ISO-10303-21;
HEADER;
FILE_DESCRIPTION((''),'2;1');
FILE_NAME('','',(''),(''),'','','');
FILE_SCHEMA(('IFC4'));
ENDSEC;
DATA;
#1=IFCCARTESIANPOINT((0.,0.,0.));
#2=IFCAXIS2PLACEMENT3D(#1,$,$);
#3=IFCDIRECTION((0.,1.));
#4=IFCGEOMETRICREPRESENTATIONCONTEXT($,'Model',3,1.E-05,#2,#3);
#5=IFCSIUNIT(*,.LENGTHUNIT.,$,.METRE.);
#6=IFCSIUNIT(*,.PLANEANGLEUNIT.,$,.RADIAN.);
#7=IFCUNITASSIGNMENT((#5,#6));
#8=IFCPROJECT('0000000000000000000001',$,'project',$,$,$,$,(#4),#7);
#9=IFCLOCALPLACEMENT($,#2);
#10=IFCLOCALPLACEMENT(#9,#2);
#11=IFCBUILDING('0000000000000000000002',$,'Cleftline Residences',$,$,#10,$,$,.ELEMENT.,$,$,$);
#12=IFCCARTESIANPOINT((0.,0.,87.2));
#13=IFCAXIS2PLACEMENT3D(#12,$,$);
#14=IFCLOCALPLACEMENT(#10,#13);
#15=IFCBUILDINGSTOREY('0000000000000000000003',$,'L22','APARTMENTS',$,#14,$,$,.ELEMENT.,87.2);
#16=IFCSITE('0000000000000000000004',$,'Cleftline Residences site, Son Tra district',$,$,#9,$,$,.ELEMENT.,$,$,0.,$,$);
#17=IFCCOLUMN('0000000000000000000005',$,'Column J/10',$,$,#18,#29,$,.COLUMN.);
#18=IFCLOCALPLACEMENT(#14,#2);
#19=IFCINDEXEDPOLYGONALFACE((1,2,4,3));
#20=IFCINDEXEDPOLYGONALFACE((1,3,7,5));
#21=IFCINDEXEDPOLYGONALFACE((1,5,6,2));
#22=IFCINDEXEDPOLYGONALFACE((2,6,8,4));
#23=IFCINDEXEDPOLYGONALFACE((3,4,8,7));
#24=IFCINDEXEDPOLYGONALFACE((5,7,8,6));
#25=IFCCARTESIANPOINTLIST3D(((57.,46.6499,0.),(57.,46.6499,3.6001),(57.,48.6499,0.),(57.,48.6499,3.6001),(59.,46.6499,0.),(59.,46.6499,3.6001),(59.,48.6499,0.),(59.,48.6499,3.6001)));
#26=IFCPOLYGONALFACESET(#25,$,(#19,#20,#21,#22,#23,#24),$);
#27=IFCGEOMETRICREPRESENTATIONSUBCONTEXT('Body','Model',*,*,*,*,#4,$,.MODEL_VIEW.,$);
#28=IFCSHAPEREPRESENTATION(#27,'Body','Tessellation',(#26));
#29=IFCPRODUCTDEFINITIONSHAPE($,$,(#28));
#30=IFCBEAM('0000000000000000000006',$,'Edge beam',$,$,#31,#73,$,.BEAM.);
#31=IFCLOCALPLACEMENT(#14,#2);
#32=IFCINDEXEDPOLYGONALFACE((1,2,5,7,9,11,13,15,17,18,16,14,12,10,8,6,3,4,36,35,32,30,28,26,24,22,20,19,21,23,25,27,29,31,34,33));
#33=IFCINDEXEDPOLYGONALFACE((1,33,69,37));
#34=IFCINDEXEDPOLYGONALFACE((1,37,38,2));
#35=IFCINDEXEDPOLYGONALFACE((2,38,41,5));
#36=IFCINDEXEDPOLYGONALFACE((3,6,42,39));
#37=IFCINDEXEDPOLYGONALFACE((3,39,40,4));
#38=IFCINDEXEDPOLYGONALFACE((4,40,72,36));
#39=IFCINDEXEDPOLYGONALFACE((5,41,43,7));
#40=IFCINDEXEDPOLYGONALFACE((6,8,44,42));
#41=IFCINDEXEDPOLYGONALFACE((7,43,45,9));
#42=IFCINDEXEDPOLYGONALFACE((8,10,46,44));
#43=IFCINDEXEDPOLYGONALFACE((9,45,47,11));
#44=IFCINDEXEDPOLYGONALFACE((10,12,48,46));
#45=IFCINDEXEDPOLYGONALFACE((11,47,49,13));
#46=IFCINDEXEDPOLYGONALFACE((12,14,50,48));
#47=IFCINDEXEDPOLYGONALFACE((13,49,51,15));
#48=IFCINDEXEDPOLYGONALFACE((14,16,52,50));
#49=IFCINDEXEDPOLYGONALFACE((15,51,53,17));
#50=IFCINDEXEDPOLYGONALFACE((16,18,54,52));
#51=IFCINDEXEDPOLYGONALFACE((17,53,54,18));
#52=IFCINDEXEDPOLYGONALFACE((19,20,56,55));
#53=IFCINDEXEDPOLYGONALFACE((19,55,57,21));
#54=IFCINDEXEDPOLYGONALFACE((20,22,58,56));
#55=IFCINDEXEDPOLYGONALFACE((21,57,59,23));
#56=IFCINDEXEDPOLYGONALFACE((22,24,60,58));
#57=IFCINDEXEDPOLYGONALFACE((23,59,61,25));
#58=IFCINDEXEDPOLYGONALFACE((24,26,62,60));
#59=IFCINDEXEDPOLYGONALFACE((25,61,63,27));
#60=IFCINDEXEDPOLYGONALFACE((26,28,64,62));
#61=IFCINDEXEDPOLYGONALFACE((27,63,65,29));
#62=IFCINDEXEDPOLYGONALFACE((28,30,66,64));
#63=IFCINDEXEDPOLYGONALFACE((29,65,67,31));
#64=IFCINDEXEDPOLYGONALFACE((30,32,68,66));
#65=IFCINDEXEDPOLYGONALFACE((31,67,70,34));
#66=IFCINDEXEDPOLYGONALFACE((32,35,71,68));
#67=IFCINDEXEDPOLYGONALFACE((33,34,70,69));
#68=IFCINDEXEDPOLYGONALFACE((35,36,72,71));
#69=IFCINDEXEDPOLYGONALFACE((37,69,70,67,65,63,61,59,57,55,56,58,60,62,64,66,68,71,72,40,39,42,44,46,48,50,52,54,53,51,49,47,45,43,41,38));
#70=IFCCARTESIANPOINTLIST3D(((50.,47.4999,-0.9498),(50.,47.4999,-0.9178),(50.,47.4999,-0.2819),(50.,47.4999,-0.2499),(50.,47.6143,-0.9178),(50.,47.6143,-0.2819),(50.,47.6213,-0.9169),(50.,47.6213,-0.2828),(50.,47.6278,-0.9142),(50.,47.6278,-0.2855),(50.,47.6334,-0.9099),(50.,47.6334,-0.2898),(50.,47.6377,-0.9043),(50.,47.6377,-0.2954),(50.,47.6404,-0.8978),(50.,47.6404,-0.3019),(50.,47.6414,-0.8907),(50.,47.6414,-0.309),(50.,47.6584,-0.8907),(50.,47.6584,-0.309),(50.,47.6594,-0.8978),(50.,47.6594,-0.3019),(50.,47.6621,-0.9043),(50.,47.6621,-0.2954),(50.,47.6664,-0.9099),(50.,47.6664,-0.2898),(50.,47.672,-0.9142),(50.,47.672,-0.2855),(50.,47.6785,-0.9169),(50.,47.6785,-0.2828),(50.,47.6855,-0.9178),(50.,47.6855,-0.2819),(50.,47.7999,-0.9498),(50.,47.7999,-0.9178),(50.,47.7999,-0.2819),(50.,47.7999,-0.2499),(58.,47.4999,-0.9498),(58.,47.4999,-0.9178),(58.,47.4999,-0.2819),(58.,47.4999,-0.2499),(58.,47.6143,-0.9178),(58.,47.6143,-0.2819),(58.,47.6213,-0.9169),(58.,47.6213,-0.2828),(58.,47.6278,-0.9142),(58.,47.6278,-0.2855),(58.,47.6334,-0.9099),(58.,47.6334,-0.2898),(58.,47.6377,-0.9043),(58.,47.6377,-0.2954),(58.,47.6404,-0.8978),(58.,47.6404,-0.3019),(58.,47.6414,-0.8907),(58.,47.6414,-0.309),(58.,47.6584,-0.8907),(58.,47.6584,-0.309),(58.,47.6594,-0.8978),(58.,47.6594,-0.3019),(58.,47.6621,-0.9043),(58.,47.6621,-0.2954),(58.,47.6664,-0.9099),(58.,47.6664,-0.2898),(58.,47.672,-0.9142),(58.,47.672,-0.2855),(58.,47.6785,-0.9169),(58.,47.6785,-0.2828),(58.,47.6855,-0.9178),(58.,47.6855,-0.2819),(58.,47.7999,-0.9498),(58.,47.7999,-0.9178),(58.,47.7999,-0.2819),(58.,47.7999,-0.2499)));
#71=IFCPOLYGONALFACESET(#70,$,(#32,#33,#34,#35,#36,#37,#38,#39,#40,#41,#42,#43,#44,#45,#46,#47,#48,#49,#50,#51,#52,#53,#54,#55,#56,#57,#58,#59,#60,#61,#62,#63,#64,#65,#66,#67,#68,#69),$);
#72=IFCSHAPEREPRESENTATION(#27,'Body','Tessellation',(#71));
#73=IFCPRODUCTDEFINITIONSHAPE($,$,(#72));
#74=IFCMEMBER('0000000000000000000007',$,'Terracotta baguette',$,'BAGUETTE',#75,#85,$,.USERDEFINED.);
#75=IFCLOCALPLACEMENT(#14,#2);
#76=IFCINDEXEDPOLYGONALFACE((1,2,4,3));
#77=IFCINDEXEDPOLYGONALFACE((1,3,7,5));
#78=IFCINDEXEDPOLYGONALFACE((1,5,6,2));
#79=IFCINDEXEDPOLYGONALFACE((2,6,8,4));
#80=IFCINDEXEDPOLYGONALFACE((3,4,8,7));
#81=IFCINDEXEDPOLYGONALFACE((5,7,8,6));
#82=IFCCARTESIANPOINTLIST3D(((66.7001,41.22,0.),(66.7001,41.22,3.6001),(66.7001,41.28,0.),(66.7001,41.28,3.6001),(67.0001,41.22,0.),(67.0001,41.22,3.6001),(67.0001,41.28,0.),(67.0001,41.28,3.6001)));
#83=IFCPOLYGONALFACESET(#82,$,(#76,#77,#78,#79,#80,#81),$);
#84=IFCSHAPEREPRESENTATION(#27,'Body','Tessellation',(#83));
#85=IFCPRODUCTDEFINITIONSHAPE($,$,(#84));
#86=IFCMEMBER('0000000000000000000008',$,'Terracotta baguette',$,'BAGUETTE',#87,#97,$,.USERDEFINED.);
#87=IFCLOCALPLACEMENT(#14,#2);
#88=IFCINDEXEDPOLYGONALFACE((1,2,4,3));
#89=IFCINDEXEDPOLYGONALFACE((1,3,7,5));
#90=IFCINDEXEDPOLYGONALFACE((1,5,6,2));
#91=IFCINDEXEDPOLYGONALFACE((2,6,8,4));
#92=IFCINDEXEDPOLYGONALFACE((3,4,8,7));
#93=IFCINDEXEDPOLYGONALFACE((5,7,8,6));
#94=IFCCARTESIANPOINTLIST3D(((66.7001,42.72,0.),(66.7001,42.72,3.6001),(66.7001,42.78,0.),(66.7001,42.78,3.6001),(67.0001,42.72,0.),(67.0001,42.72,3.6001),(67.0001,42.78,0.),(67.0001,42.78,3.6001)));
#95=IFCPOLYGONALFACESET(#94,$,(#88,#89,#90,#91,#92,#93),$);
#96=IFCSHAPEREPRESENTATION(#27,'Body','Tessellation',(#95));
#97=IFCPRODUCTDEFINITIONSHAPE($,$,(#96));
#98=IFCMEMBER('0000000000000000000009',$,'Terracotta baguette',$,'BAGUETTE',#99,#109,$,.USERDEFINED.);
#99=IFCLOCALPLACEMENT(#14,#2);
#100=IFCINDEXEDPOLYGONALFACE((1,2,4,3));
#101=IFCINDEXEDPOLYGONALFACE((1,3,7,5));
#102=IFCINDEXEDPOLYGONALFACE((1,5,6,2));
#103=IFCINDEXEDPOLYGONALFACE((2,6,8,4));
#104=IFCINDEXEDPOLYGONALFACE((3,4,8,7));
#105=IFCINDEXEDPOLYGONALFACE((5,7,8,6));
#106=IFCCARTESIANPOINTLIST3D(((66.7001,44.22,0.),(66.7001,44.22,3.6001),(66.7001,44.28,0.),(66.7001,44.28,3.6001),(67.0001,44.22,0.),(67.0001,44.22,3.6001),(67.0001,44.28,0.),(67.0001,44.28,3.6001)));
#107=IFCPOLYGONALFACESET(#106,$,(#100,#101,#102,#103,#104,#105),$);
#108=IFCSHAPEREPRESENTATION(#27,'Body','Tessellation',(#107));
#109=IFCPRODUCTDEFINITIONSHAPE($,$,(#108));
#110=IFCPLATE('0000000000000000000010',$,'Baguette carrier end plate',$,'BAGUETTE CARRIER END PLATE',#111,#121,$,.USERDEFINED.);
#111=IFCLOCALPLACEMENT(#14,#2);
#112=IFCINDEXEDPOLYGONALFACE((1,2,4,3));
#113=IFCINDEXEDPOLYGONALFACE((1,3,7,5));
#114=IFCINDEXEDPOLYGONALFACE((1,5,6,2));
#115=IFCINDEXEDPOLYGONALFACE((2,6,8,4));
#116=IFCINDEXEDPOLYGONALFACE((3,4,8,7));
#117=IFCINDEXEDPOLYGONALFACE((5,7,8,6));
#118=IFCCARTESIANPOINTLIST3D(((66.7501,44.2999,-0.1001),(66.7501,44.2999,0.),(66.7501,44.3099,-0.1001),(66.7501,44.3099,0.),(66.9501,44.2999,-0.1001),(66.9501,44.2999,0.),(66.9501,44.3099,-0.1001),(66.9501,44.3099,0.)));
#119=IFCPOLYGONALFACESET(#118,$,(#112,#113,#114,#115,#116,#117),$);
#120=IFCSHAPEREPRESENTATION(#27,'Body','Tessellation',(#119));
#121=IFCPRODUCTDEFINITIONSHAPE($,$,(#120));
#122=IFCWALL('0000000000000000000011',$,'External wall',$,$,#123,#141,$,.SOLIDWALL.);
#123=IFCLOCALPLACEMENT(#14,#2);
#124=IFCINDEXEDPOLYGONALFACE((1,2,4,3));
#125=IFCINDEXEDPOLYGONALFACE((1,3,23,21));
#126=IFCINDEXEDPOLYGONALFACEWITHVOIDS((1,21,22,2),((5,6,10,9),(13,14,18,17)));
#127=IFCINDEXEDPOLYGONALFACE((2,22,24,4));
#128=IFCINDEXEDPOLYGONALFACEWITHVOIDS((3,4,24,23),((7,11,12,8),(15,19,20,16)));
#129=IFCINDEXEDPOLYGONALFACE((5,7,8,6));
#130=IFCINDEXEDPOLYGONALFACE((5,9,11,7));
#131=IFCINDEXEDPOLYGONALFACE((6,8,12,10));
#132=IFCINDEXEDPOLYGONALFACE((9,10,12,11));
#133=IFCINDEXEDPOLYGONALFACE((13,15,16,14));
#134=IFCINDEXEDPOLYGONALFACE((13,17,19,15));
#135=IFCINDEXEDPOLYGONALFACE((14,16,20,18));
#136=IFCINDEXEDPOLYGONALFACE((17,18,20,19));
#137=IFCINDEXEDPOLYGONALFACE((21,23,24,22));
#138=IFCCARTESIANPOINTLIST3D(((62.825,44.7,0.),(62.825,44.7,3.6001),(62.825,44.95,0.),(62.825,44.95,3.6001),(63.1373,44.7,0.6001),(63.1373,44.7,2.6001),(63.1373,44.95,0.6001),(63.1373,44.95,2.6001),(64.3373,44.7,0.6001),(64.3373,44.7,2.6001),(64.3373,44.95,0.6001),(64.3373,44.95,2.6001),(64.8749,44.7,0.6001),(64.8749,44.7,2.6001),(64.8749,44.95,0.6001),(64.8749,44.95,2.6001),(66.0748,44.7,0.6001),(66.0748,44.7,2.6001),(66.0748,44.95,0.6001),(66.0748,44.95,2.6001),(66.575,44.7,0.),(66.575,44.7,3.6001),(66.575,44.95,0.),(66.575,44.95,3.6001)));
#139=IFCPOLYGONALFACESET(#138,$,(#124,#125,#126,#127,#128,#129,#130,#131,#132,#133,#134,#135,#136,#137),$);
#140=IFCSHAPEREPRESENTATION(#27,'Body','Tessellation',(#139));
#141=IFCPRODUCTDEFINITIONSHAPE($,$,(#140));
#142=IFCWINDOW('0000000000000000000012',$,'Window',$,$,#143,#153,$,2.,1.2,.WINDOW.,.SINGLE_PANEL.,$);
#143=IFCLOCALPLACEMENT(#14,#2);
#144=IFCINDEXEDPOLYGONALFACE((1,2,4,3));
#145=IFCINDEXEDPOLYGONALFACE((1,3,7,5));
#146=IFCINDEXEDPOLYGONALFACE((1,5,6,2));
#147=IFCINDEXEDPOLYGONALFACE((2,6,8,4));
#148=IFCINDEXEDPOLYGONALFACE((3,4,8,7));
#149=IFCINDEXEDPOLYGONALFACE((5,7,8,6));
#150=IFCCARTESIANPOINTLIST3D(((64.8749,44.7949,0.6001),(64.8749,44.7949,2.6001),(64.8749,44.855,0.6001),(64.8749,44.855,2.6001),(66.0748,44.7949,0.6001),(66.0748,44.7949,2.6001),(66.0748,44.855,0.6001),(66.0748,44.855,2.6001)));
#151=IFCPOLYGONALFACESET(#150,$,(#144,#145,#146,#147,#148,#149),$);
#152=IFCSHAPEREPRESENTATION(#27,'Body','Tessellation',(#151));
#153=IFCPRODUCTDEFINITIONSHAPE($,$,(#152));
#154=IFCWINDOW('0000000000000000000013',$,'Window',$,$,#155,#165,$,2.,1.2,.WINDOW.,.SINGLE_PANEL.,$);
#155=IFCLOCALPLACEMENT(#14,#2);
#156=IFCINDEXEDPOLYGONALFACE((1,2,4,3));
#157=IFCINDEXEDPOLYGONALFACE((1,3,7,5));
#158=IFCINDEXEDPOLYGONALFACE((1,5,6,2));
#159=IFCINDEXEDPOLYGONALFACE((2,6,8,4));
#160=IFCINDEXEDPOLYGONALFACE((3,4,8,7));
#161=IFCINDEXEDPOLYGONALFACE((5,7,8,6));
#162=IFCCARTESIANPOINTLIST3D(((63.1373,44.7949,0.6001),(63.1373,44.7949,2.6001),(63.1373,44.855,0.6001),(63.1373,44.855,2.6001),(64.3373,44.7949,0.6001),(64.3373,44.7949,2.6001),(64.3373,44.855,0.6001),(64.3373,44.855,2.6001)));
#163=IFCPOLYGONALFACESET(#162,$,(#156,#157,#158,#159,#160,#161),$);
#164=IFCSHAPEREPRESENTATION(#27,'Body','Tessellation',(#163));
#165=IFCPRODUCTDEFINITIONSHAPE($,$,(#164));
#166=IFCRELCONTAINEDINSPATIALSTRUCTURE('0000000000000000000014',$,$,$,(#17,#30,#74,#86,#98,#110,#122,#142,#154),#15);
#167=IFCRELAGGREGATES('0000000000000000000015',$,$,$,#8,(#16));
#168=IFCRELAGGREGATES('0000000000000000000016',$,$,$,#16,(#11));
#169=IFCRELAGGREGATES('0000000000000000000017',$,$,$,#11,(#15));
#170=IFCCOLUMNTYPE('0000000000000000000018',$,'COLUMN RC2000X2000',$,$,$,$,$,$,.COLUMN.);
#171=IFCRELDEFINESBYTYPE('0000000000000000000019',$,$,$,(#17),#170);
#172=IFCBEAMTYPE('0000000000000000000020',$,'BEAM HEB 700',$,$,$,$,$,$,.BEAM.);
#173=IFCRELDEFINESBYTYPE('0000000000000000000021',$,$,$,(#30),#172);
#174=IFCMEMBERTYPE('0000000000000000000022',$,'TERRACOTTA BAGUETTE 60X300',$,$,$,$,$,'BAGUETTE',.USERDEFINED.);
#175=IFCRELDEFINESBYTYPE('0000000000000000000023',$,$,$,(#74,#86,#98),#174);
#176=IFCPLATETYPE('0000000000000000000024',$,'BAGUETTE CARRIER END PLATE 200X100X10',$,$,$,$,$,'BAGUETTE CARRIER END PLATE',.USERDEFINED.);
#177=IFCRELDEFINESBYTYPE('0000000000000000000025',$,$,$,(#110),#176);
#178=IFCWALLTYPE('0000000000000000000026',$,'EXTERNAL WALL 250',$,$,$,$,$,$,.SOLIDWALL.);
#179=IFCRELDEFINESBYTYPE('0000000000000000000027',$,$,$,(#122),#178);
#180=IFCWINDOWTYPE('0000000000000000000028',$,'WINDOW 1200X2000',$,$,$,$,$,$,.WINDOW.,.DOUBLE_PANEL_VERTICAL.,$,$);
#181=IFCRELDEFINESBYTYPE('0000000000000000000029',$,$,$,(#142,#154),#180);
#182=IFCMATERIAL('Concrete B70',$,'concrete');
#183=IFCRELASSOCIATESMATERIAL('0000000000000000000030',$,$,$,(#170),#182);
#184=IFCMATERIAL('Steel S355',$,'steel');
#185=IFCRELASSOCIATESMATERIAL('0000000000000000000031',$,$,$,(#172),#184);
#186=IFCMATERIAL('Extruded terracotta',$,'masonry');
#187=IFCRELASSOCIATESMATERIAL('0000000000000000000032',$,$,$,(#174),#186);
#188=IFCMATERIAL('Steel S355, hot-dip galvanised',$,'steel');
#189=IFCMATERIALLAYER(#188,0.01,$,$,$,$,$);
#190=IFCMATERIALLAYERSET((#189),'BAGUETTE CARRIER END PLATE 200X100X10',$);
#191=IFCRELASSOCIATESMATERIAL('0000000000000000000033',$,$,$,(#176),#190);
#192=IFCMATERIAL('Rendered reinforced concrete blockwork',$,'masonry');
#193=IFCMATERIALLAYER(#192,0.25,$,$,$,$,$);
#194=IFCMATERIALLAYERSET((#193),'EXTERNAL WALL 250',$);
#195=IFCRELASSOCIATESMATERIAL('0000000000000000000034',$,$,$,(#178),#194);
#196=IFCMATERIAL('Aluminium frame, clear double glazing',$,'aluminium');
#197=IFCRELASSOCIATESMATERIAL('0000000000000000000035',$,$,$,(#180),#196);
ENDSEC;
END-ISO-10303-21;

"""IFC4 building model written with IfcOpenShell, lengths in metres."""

from ifc_helpers import new_model, si_unit, direction, frame, frame_2d, origin, origin_2d, place, context, subcontext, project, spatial, rectangle, i_section, extrude, material, layer, layer_set, material_profile, profile_set, type_object, element, fill, save


model = new_model("IFC4")

# Units and contexts
model_context = context("Model", 3, precision=1e-05, world=origin(), true_north=direction((0.0, 1.0)))
body_context = subcontext(model_context, "Body", "Model", "MODEL_VIEW")
ifc_project = project(units=[si_unit("LENGTHUNIT", "METRE"), si_unit("PLANEANGLEUNIT", "RADIAN")], contexts=[model_context])

# Site, building, storey
site_placement = place(None, origin())
site = spatial("IfcSite", under=ifc_project, at=site_placement, Name="Cleftline Residences site, Son Tra district", CompositionType="ELEMENT", RefElevation=0.0)
building_placement = place(site_placement, origin())
building = spatial("IfcBuilding", under=site, at=building_placement, Name="Cleftline Residences", CompositionType="ELEMENT")
storey_placement = place(building_placement, frame((0.0, 0.0, 87.2)))
storey = spatial("IfcBuildingStorey", under=building, at=storey_placement, Name="L22", Description="APARTMENTS", CompositionType="ELEMENT", Elevation=87.2)

# Column
ifc_material_1 = material(Name="Concrete B70", Category="concrete")
ifc_material_profile_1 = material_profile(ifc_material_1, rectangle(XDim=2.0, YDim=2.0, at=origin_2d()))
ifc_profile_set_1 = profile_set([ifc_material_profile_1], Name="Concrete B70")
column_type = type_object("IfcColumnType", Name="COLUMN RC2000X2000", PredefinedType="COLUMN", material=ifc_profile_set_1)
column_placement = place(storey_placement, frame((58.0, 47.6499, 0.0), z_axis=(0.0, 0.0, 1.0), x_axis=(1.0, 0.0, 0.0)))
element("IfcColumn", 1, at=column_placement, inside=storey, type_object=column_type, Name="Column J/10", PredefinedType="COLUMN", context=body_context, shape_type="SweptSolid", body=[
    extrude(rectangle(XDim=2.0, YDim=2.0, at=origin_2d()), origin(), (0.0, 0.0, 1.0), 3.6001),
])

# Beam
ifc_material_2 = material(Name="Steel S355", Category="steel")
ifc_material_profile_2 = material_profile(ifc_material_2, i_section(OverallWidth=0.3, OverallDepth=0.7, WebThickness=0.0171, FlangeThickness=0.032, FilletRadius=0.0271, at=origin_2d()))
ifc_profile_set_2 = profile_set([ifc_material_profile_2], Name="Steel S355")
beam_type = type_object("IfcBeamType", Name="BEAM HEB 700", PredefinedType="BEAM", material=ifc_profile_set_2)
beam_placement = place(storey_placement, frame((58.0, 47.6499, -0.5999), z_axis=(-1.0, 0.0, 0.0), x_axis=(0.0, -1.0, 0.0)))
element("IfcBeam", 2, at=beam_placement, inside=storey, type_object=beam_type, Name="Edge beam", PredefinedType="BEAM", context=body_context, shape_type="SweptSolid", body=[
    extrude(i_section(OverallWidth=0.3, OverallDepth=0.7, WebThickness=0.0171, FlangeThickness=0.032, FilletRadius=0.0271, at=origin_2d()), origin(), (0.0, 0.0, 1.0), 8.0),
])

# Members
ifc_material_3 = material(Name="Extruded terracotta", Category="masonry")
ifc_material_profile_3 = material_profile(ifc_material_3, rectangle(XDim=0.0601, YDim=0.3, at=origin_2d()))
ifc_profile_set_3 = profile_set([ifc_material_profile_3], Name="Extruded terracotta")
member_type = type_object("IfcMemberType", Name="TERRACOTTA BAGUETTE 60X300", ElementType="BAGUETTE", PredefinedType="USERDEFINED", material=ifc_profile_set_3)
for number, where, z_axis, x_axis, name in (
    (3, (66.8501, 41.25, 0.0), (0.0, 0.0, 1.0), (0.0, 1.0, 0.0), "Terracotta baguette"),
    (4, (66.8501, 42.75, 0.0), (0.0, 0.0, 1.0), (0.0, 1.0, 0.0), "Terracotta baguette"),
    (5, (66.8501, 44.25, 0.0), (0.0, 0.0, 1.0), (0.0, 1.0, 0.0), "Terracotta baguette"),
):
    element("IfcMember", number, at=place(storey_placement, frame(where, z_axis=z_axis, x_axis=x_axis)), inside=storey, type_object=member_type, Name=name, ObjectType="BAGUETTE", PredefinedType="USERDEFINED", context=body_context, shape_type="SweptSolid", body=[
        extrude(rectangle(XDim=0.0601, YDim=0.3, at=origin_2d()), origin(), (0.0, 0.0, 1.0), 3.6001),
    ])

# Plate
ifc_material_4 = material(Name="Steel S355, hot-dip galvanised", Category="steel")
ifc_layer_1 = layer(ifc_material_4, 0.01)
ifc_layer_set_1 = layer_set([ifc_layer_1], Name="BAGUETTE CARRIER END PLATE 200X100X10")
plate_type = type_object("IfcPlateType", Name="BAGUETTE CARRIER END PLATE 200X100X10", ElementType="BAGUETTE CARRIER END PLATE", PredefinedType="USERDEFINED", material=ifc_layer_set_1)
plate_placement = place(storey_placement, frame((66.8501, 44.3049, -0.1001), z_axis=(0.0, 0.0, 1.0), x_axis=(1.0, 0.0, 0.0)))
element("IfcPlate", 6, at=plate_placement, inside=storey, type_object=plate_type, Name="Baguette carrier end plate", ObjectType="BAGUETTE CARRIER END PLATE", PredefinedType="USERDEFINED", context=body_context, shape_type="SweptSolid", body=[
    extrude(rectangle(XDim=0.2, YDim=0.01, at=origin_2d()), origin(), (0.0, 0.0, 1.0), 0.1001),
])

# Wall, openings, windows
ifc_material_5 = material(Name="Rendered reinforced concrete blockwork", Category="masonry")
ifc_layer_2 = layer(ifc_material_5, 0.25)
ifc_layer_set_2 = layer_set([ifc_layer_2], Name="EXTERNAL WALL 250")
wall_type_1 = type_object("IfcWallType", Name="EXTERNAL WALL 250", PredefinedType="SOLIDWALL", material=ifc_layer_set_2)
wall_1_placement = place(storey_placement, frame((66.575, 44.825, 0.0), z_axis=(0.0, 0.0, 1.0), x_axis=(-1.0, 0.0, 0.0)))
wall_1 = element("IfcWall", 7, at=wall_1_placement, inside=storey, type_object=wall_type_1, Name="External wall", PredefinedType="SOLIDWALL", context=body_context, shape_type="SweptSolid", body=[
    extrude(rectangle(XDim=3.75, YDim=0.25, at=frame_2d((1.875, 0.0))), origin(), (0.0, 0.0, 1.0), 3.6001),
])
opening_1_placement = place(wall_1_placement, frame((0.5, 0.0, 0.6001)))
opening_1 = element("IfcOpeningElement", 8, at=opening_1_placement, cuts=wall_1, PredefinedType="OPENING", context=body_context, shape_type="SweptSolid", body=[
    extrude(rectangle(XDim=1.2, YDim=2.0, at=frame_2d((0.6001, 1.0))), frame((0.0, 0.135, 0.0), z_axis=(0.0, -1.0, 0.0), x_axis=(1.0, 0.0, 0.0)), (0.0, 0.0, 1.0), 0.27),
])
opening_2_placement = place(wall_1_placement, frame((2.2375, 0.0, 0.6001)))
opening_2 = element("IfcOpeningElement", 9, at=opening_2_placement, cuts=wall_1, PredefinedType="OPENING", context=body_context, shape_type="SweptSolid", body=[
    extrude(rectangle(XDim=1.2, YDim=2.0, at=frame_2d((0.6001, 1.0))), frame((0.0, 0.135, 0.0), z_axis=(0.0, -1.0, 0.0), x_axis=(1.0, 0.0, 0.0)), (0.0, 0.0, 1.0), 0.27),
])
ifc_material_6 = material(Name="Aluminium frame, clear double glazing", Category="aluminium")
window_type_1 = type_object("IfcWindowType", Name="WINDOW 1200X2000", PartitioningType="DOUBLE_PANEL_VERTICAL", PredefinedType="WINDOW", material=ifc_material_6)
window_1_placement = place(opening_1_placement, origin())
window_1 = element("IfcWindow", 10, at=window_1_placement, inside=storey, type_object=window_type_1, Name="Window", OverallHeight=2.0, OverallWidth=1.2, PartitioningType="SINGLE_PANEL", PredefinedType="WINDOW", context=body_context, shape_type="SweptSolid", body=[
    extrude(rectangle(XDim=1.2, YDim=2.0, at=frame_2d((0.6001, 1.0))), frame((0.0, 0.03, 0.0), z_axis=(0.0, -1.0, 0.0), x_axis=(1.0, 0.0, 0.0)), (0.0, 0.0, 1.0), 0.0601),
])
fill(opening_1, window_1)
window_2_placement = place(opening_2_placement, origin())
window_2 = element("IfcWindow", 11, at=window_2_placement, inside=storey, type_object=window_type_1, Name="Window", OverallHeight=2.0, OverallWidth=1.2, PartitioningType="SINGLE_PANEL", PredefinedType="WINDOW", context=body_context, shape_type="SweptSolid", body=[
    extrude(rectangle(XDim=1.2, YDim=2.0, at=frame_2d((0.6001, 1.0))), frame((0.0, 0.03, 0.0), z_axis=(0.0, -1.0, 0.0), x_axis=(1.0, 0.0, 0.0)), (0.0, 0.0, 1.0), 0.0601),
])
fill(opening_2, window_2)

save(model, "model.ifc")
